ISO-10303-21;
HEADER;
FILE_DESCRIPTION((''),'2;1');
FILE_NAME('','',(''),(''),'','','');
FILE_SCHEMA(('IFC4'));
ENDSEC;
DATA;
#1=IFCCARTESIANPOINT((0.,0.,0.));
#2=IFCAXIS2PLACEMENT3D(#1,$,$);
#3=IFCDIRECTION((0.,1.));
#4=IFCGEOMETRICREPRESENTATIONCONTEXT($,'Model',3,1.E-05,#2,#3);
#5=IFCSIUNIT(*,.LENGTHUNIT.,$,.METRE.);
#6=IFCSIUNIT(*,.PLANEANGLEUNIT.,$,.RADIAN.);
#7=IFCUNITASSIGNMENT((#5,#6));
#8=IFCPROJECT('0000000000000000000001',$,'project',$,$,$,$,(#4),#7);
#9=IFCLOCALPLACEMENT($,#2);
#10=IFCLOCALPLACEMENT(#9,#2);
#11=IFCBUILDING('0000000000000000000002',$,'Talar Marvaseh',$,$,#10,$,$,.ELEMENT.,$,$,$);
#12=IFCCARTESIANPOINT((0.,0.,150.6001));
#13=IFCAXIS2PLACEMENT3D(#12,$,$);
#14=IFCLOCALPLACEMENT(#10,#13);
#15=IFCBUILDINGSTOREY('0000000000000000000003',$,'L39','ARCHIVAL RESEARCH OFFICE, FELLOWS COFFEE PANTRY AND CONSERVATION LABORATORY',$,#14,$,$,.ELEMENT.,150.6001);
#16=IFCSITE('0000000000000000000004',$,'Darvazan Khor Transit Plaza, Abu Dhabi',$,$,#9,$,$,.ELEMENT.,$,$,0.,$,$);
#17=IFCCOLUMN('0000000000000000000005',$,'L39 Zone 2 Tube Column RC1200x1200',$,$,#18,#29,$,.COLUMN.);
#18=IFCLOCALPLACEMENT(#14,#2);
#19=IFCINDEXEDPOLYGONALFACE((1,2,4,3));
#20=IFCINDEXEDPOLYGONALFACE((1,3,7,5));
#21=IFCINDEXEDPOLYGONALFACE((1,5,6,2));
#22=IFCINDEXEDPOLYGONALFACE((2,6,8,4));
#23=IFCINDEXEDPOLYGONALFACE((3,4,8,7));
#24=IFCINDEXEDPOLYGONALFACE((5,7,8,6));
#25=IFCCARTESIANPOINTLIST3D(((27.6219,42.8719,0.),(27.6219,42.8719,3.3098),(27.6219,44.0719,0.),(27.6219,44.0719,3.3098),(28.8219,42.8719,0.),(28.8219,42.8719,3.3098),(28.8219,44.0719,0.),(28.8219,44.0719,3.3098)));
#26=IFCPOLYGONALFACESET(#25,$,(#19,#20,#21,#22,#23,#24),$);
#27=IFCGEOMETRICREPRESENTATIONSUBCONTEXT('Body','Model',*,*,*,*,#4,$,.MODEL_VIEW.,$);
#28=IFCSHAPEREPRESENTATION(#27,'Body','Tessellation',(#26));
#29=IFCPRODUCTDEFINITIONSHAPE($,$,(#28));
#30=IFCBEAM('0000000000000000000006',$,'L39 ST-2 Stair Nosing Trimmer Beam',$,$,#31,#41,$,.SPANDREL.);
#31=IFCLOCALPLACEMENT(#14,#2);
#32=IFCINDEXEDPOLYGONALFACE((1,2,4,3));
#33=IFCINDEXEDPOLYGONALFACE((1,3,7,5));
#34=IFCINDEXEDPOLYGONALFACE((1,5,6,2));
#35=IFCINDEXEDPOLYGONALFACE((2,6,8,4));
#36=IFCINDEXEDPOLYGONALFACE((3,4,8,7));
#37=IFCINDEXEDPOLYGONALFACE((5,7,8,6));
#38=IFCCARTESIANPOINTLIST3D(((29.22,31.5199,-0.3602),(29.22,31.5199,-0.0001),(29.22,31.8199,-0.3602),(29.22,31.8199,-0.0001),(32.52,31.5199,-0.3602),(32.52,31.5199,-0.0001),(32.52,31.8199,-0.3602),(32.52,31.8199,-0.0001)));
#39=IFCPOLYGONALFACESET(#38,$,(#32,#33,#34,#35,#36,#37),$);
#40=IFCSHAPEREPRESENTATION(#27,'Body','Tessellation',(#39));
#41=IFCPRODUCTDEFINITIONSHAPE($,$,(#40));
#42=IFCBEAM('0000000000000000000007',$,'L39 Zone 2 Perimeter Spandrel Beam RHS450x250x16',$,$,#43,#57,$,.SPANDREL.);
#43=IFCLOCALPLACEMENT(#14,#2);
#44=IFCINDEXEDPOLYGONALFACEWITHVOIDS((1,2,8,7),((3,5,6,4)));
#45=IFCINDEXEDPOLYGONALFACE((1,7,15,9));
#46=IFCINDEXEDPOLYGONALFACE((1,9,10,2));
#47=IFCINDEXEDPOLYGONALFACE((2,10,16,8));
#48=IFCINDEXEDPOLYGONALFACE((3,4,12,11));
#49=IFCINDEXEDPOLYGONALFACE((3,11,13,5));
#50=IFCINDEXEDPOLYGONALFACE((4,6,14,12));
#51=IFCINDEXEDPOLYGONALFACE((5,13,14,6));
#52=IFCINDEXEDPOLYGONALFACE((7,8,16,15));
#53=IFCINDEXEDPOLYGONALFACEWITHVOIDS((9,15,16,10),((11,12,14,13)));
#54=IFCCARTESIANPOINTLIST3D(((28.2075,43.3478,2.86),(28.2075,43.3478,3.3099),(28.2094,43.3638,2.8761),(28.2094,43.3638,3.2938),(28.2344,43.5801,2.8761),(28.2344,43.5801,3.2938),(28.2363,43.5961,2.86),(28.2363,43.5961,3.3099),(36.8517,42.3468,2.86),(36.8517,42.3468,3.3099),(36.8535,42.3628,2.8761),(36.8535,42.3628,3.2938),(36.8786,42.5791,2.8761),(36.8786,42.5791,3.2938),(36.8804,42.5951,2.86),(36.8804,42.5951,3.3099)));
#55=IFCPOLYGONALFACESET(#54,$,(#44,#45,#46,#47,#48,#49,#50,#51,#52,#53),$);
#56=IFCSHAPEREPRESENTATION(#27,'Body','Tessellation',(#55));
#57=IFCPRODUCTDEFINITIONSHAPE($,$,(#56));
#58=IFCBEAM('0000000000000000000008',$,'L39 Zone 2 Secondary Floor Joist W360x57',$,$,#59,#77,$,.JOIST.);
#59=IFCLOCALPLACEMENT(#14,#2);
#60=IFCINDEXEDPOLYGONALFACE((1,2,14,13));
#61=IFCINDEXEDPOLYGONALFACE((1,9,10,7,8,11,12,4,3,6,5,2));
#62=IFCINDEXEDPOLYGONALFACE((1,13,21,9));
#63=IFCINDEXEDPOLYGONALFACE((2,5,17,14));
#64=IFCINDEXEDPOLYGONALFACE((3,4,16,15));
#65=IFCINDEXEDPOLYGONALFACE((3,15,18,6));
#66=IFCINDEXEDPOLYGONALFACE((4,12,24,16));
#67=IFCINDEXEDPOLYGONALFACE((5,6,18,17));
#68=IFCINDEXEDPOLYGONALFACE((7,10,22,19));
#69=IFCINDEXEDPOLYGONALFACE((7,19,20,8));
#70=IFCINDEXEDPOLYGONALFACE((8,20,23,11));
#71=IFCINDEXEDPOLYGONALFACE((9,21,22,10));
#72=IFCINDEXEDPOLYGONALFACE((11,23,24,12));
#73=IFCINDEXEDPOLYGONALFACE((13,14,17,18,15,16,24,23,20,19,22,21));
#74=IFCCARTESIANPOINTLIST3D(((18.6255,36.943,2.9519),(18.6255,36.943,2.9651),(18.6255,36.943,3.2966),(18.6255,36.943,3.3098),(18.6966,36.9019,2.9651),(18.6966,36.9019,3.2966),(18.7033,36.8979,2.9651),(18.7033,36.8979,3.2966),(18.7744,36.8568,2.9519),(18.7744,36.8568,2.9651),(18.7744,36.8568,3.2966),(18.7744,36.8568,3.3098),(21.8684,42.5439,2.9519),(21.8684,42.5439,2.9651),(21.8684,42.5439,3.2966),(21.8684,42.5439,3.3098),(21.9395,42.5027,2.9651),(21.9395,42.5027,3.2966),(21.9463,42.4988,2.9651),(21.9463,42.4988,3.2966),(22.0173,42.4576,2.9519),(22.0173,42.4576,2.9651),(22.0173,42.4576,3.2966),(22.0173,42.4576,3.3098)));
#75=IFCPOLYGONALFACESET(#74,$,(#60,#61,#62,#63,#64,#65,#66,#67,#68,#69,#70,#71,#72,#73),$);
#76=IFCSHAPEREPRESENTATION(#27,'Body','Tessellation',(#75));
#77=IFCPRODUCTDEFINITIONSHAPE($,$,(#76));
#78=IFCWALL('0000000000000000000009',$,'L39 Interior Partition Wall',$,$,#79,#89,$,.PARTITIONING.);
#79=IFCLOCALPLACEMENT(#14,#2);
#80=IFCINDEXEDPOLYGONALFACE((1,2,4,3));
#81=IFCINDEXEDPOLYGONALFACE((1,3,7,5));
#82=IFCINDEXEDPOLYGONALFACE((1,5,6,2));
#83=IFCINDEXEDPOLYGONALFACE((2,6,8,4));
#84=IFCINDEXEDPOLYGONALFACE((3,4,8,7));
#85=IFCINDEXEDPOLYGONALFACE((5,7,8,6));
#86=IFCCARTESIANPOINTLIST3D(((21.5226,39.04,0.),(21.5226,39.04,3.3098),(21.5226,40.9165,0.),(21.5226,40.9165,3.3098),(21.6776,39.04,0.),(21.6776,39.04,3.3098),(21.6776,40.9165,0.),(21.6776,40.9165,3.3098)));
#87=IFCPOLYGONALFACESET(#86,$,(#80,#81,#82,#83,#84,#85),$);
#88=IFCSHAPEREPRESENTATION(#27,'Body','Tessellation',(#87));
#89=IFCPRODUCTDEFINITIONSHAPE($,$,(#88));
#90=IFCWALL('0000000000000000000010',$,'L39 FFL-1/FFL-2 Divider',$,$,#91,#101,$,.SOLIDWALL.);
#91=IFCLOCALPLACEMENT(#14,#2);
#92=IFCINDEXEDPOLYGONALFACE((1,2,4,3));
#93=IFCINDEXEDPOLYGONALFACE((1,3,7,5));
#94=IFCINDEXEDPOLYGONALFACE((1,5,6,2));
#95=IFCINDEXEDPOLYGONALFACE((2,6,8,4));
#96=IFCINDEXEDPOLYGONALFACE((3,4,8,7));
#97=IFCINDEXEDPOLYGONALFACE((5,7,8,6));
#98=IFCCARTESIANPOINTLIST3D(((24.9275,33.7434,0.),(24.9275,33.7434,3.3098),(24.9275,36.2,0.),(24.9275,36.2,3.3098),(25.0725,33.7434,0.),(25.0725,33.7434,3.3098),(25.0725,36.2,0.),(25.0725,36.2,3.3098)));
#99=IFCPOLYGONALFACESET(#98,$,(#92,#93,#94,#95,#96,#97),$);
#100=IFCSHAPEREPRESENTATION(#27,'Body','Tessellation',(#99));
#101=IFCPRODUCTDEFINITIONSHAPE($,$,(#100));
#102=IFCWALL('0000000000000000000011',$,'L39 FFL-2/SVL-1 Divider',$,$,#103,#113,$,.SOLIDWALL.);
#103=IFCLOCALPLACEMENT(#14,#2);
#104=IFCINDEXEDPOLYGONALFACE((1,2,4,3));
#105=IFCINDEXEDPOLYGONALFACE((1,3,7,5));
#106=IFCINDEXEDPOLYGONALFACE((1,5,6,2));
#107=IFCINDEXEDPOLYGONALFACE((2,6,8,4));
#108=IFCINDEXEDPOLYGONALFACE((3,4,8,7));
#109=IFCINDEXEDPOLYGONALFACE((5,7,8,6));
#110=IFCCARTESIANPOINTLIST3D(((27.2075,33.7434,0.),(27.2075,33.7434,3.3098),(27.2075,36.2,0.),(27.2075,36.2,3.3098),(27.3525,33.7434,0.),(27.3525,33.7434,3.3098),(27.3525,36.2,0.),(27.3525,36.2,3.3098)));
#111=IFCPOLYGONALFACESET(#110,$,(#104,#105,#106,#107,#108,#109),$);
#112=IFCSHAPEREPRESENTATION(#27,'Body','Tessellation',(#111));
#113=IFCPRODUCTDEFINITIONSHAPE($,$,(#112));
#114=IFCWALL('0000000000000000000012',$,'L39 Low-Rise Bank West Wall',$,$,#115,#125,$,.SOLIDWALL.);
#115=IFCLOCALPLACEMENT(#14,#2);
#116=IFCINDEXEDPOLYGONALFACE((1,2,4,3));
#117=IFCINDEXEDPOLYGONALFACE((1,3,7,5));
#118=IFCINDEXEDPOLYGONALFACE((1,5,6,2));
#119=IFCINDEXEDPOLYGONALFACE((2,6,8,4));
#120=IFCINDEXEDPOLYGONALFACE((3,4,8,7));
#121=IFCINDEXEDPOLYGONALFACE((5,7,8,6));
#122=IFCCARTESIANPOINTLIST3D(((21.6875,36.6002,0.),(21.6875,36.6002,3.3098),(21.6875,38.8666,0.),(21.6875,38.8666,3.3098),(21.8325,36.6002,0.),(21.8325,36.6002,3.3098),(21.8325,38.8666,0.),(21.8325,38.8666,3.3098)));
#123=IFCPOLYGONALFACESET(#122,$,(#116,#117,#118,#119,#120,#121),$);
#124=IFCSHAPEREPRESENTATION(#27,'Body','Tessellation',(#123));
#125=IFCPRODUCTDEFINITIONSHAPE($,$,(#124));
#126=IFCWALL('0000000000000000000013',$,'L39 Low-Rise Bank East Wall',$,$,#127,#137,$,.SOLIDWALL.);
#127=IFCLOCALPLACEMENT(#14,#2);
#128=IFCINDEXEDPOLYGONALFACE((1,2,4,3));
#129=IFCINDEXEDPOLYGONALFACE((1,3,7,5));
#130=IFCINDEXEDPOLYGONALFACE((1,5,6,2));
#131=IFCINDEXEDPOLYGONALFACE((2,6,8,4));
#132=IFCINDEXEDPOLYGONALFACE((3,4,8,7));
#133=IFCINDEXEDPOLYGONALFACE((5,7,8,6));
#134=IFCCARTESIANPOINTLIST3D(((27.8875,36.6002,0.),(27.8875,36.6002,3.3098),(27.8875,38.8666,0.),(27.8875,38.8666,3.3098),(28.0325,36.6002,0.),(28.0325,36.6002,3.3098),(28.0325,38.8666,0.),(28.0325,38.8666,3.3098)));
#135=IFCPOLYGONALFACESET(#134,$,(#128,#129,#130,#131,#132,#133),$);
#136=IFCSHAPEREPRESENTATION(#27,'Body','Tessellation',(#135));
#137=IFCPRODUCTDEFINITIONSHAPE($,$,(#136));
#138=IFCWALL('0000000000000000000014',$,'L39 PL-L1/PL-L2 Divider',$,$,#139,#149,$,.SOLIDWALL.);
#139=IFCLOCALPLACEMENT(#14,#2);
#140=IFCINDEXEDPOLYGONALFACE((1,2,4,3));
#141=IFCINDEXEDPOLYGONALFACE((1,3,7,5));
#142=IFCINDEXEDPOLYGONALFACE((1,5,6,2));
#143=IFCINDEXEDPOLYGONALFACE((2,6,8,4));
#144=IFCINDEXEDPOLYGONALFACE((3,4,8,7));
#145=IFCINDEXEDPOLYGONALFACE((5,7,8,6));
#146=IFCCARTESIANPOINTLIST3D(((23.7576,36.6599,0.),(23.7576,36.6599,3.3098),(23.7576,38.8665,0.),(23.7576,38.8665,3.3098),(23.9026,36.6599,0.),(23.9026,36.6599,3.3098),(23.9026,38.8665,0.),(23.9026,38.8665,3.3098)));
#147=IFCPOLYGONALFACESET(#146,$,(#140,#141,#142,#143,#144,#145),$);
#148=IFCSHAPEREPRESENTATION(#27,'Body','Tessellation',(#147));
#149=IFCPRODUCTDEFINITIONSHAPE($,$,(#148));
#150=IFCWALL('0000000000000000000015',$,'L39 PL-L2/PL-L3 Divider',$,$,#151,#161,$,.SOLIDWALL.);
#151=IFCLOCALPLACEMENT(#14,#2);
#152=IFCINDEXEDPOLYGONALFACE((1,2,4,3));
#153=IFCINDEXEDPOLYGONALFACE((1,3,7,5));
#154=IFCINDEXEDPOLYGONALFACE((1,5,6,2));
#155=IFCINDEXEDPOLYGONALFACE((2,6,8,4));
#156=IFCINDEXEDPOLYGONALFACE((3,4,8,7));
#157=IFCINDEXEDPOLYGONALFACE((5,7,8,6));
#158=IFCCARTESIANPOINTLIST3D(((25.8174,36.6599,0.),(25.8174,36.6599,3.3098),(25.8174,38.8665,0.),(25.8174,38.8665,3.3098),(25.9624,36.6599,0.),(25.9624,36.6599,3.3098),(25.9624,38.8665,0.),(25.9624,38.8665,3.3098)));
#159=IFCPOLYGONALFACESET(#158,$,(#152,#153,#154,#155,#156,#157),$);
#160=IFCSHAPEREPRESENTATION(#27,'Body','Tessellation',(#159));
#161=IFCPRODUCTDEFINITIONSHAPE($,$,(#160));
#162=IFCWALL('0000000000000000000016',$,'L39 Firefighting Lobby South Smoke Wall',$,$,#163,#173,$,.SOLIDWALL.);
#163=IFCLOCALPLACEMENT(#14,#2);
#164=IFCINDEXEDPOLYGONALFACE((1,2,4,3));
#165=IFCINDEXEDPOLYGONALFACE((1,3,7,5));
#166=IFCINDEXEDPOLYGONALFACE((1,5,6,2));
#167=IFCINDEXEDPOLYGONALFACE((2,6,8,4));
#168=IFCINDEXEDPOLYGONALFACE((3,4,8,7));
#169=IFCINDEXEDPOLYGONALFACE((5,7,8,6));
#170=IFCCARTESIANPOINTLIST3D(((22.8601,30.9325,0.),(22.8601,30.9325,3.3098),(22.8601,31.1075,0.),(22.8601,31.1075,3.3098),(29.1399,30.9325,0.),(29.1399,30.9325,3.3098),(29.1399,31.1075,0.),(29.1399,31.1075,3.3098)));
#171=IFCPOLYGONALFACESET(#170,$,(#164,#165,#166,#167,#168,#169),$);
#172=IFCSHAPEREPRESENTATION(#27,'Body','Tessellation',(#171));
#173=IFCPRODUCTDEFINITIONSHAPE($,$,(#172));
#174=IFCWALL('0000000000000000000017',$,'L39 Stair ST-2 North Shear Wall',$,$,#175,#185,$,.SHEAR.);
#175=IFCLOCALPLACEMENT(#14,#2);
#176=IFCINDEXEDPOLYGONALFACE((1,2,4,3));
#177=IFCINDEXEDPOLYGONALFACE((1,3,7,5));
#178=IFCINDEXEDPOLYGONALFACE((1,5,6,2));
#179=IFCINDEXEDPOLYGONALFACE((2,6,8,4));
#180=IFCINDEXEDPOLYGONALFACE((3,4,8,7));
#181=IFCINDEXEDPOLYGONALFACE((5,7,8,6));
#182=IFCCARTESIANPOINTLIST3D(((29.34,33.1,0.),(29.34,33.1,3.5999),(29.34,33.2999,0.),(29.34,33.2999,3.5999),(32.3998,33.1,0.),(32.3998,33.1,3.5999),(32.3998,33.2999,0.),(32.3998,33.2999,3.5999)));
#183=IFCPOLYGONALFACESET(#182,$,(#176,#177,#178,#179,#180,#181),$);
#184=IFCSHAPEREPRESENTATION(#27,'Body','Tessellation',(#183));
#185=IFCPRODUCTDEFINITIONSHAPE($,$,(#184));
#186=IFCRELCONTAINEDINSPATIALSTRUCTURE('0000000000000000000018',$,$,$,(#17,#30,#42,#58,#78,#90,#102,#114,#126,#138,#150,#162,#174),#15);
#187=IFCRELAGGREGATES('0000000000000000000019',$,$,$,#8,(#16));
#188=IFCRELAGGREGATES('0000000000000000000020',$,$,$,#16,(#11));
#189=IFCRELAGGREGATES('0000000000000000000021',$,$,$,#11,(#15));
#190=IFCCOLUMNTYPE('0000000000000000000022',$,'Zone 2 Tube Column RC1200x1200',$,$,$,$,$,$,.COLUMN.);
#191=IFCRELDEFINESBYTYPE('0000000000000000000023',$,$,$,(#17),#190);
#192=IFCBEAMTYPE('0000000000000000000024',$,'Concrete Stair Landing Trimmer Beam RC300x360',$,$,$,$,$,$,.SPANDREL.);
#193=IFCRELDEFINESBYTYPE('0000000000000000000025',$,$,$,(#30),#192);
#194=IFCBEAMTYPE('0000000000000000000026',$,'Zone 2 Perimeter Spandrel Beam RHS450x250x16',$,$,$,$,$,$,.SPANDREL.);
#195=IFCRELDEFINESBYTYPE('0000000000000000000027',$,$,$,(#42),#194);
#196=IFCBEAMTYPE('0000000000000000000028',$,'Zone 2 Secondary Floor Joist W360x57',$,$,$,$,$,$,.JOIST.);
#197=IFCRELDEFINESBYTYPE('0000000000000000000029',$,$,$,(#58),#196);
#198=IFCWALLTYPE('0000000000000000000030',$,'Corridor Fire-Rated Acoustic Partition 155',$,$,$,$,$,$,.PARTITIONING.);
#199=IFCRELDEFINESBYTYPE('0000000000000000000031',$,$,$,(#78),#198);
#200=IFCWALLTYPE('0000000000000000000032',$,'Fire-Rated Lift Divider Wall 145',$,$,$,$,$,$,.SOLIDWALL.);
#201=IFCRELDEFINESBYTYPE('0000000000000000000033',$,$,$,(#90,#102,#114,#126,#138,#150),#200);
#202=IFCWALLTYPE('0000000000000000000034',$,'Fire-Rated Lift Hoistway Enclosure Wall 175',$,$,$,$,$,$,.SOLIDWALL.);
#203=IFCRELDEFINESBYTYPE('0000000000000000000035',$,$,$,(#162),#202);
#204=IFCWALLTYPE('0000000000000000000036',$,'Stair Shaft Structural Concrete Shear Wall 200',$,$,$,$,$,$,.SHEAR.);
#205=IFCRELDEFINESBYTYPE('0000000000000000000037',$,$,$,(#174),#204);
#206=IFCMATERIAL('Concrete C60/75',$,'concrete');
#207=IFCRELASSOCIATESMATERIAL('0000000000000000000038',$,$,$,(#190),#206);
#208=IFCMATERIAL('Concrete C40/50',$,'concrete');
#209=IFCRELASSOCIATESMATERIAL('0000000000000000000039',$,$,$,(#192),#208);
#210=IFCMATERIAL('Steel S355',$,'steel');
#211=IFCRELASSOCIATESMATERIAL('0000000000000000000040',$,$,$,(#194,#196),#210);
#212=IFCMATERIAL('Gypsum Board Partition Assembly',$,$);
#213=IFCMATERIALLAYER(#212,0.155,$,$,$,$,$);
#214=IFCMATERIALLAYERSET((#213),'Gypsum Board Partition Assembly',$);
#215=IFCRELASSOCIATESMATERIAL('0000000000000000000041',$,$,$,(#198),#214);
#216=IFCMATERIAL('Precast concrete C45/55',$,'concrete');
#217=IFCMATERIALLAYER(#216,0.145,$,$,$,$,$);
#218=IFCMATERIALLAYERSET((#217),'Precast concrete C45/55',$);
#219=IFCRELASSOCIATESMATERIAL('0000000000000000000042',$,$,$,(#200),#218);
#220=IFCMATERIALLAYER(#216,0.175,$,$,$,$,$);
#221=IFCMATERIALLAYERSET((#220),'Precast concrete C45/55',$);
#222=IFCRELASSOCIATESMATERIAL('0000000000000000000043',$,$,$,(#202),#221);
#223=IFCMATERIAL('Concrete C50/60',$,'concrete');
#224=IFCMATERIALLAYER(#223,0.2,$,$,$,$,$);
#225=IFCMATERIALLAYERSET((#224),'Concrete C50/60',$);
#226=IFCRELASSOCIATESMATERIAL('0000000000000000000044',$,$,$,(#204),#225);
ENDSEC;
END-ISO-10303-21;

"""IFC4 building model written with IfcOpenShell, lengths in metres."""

from ifc_helpers import new_model, si_unit, direction, frame, frame_2d, origin, origin_2d, place, context, subcontext, project, spatial, rectangle, hollow_rectangle, i_section, extrude, material, layer, layer_set, material_profile, profile_set, type_object, element, save


model = new_model("IFC4")

# Units and contexts
model_context = context("Model", 3, precision=1e-05, world=origin(), true_north=direction((0.0, 1.0)))
body_context = subcontext(model_context, "Body", "Model", "MODEL_VIEW")
ifc_project = project(units=[si_unit("LENGTHUNIT", "METRE"), si_unit("PLANEANGLEUNIT", "RADIAN")], contexts=[model_context])

# Site, building, storey
site_placement = place(None, origin())
site = spatial("IfcSite", under=ifc_project, at=site_placement, Name="Darvazan Khor Transit Plaza, Abu Dhabi", CompositionType="ELEMENT", RefElevation=0.0)
building_placement = place(site_placement, origin())
building = spatial("IfcBuilding", under=site, at=building_placement, Name="Talar Marvaseh", CompositionType="ELEMENT")
storey_placement = place(building_placement, frame((0.0, 0.0, 150.6001)))
storey = spatial("IfcBuildingStorey", under=building, at=storey_placement, Name="L39", Description="ARCHIVAL RESEARCH OFFICE, FELLOWS COFFEE PANTRY AND CONSERVATION LABORATORY", CompositionType="ELEMENT", Elevation=150.6001)

# Column
ifc_material_1 = material(Name="Concrete C60/75", Category="concrete")
ifc_material_profile_1 = material_profile(ifc_material_1, rectangle(XDim=1.2, YDim=1.2, at=origin_2d()), Name="RC1200x1200")
ifc_profile_set_1 = profile_set([ifc_material_profile_1], Name="Concrete C60/75")
column_type = type_object("IfcColumnType", Name="Zone 2 Tube Column RC1200x1200", PredefinedType="COLUMN", material=ifc_profile_set_1)
column_placement = place(storey_placement, frame((28.2219, 43.4719, 0.0), z_axis=(0.0, 0.0, 1.0), x_axis=(1.0, 0.0, 0.0)))
element("IfcColumn", 1, at=column_placement, inside=storey, type_object=column_type, Name="L39 Zone 2 Tube Column RC1200x1200", PredefinedType="COLUMN", context=body_context, shape_type="SweptSolid", body=[
    extrude(rectangle(XDim=1.2, YDim=1.2, at=origin_2d()), origin(), (0.0, 0.0, 1.0), 3.3098),
])

# Beams
ifc_material_2 = material(Name="Concrete C40/50", Category="concrete")
ifc_material_profile_2 = material_profile(ifc_material_2, rectangle(XDim=0.3, YDim=0.3601, at=origin_2d()), Name="RC300x360")
ifc_profile_set_2 = profile_set([ifc_material_profile_2], Name="Concrete C40/50")
beam_type_1 = type_object("IfcBeamType", Name="Concrete Stair Landing Trimmer Beam RC300x360", PredefinedType="SPANDREL", material=ifc_profile_set_2)
beam_1_placement = place(storey_placement, frame((29.22, 31.6699, -0.1802), z_axis=(1.0, 0.0, 0.0), x_axis=(0.0, 1.0, 0.0)))
element("IfcBeam", 2, at=beam_1_placement, inside=storey, type_object=beam_type_1, Name="L39 ST-2 Stair Nosing Trimmer Beam", PredefinedType="SPANDREL", context=body_context, shape_type="SweptSolid", body=[
    extrude(rectangle(XDim=0.3, YDim=0.3601, at=origin_2d()), origin(), (0.0, 0.0, 1.0), 3.3),
])
ifc_material_3 = material(Name="Steel S355", Category="steel")
ifc_material_profile_3 = material_profile(ifc_material_3, hollow_rectangle(XDim=0.25, YDim=0.45, WallThickness=0.0161, at=origin_2d()), Name="RHS450x250x16")
ifc_profile_set_3 = profile_set([ifc_material_profile_3], Name="Steel S355")
beam_type_2 = type_object("IfcBeamType", Name="Zone 2 Perimeter Spandrel Beam RHS450x250x16", PredefinedType="SPANDREL", material=ifc_profile_set_3)
beam_2_placement = place(storey_placement, frame((28.2219, 43.4719, 3.085), z_axis=(0.993362, -0.115031, 0.0), x_axis=(0.115031, 0.993362, 0.0)))
element("IfcBeam", 3, at=beam_2_placement, inside=storey, type_object=beam_type_2, Name="L39 Zone 2 Perimeter Spandrel Beam RHS450x250x16", PredefinedType="SPANDREL", context=body_context, shape_type="SweptSolid", body=[
    extrude(hollow_rectangle(XDim=0.25, YDim=0.45, WallThickness=0.0161, at=origin_2d()), origin(), (0.0, 0.0, 1.0), 8.7019),
])
ifc_material_profile_4 = material_profile(ifc_material_3, i_section(OverallWidth=0.1721, OverallDepth=0.3579, WebThickness=0.0078, FlangeThickness=0.0132, at=origin_2d()), Name="W360x57")
ifc_profile_set_4 = profile_set([ifc_material_profile_4], Name="Steel S355")
beam_type_3 = type_object("IfcBeamType", Name="Zone 2 Secondary Floor Joist W360x57", PredefinedType="JOIST", material=ifc_profile_set_4)
beam_3_placement = place(storey_placement, frame((21.9429, 42.5007, 3.1309), z_axis=(-0.501075, -0.865404, 0.0), x_axis=(0.865404, -0.501075, 0.0)))
element("IfcBeam", 4, at=beam_3_placement, inside=storey, type_object=beam_type_3, Name="L39 Zone 2 Secondary Floor Joist W360x57", PredefinedType="JOIST", context=body_context, shape_type="SweptSolid", body=[
    extrude(i_section(OverallWidth=0.1721, OverallDepth=0.3579, WebThickness=0.0078, FlangeThickness=0.0132, at=origin_2d()), origin(), (0.0, 0.0, 1.0), 6.4719),
])

# Walls
ifc_material_4 = material(Name="Gypsum Board Partition Assembly")
ifc_layer_1 = layer(ifc_material_4, 0.155)
ifc_layer_set_1 = layer_set([ifc_layer_1], Name="Gypsum Board Partition Assembly")
wall_type_1 = type_object("IfcWallType", Name="Corridor Fire-Rated Acoustic Partition 155", PredefinedType="PARTITIONING", material=ifc_layer_set_1)
wall_1_placement = place(storey_placement, frame((21.6001, 39.04, 0.0), z_axis=(0.0, 0.0, 1.0), x_axis=(0.0, 1.0, 0.0)))
element("IfcWall", 5, at=wall_1_placement, inside=storey, type_object=wall_type_1, Name="L39 Interior Partition Wall", PredefinedType="PARTITIONING", context=body_context, shape_type="SweptSolid", body=[
    extrude(rectangle(XDim=1.8765, YDim=0.155, at=frame_2d((0.9382, 0.0))), origin(), (0.0, 0.0, 1.0), 3.3098),
])
ifc_material_5 = material(Name="Precast concrete C45/55", Category="concrete")
ifc_layer_2 = layer(ifc_material_5, 0.145)
ifc_layer_set_2 = layer_set([ifc_layer_2], Name="Precast concrete C45/55")
wall_type_2 = type_object("IfcWallType", Name="Fire-Rated Lift Divider Wall 145", PredefinedType="SOLIDWALL", material=ifc_layer_set_2)
for number, where, z_axis, x_axis, name in (
    (6, (25.0, 33.7434, 0.0), (0.0, 0.0, 1.0), (0.0, 1.0, 0.0), "L39 FFL-1/FFL-2 Divider"),
    (7, (27.28, 33.7434, 0.0), (0.0, 0.0, 1.0), (0.0, 1.0, 0.0), "L39 FFL-2/SVL-1 Divider"),
):
    element("IfcWall", number, at=place(storey_placement, frame(where, z_axis=z_axis, x_axis=x_axis)), inside=storey, type_object=wall_type_2, Name=name, PredefinedType="SOLIDWALL", context=body_context, shape_type="SweptSolid", body=[
        extrude(rectangle(XDim=2.4565, YDim=0.145, at=frame_2d((1.2283, 0.0))), origin(), (0.0, 0.0, 1.0), 3.3098),
    ])
for number, where, z_axis, x_axis, name in (
    (8, (21.76, 36.6001, 0.0), (0.0, 0.0, 1.0), (0.0, 1.0, 0.0), "L39 Low-Rise Bank West Wall"),
    (9, (27.96, 36.6001, 0.0), (0.0, 0.0, 1.0), (0.0, 1.0, 0.0), "L39 Low-Rise Bank East Wall"),
):
    element("IfcWall", number, at=place(storey_placement, frame(where, z_axis=z_axis, x_axis=x_axis)), inside=storey, type_object=wall_type_2, Name=name, PredefinedType="SOLIDWALL", context=body_context, shape_type="SweptSolid", body=[
        extrude(rectangle(XDim=2.2664, YDim=0.145, at=frame_2d((1.1333, 0.0))), origin(), (0.0, 0.0, 1.0), 3.3098),
    ])
for number, where, z_axis, x_axis, name in (
    (10, (23.8301, 36.6599, 0.0), (0.0, 0.0, 1.0), (0.0, 1.0, 0.0), "L39 PL-L1/PL-L2 Divider"),
    (11, (25.8899, 36.6599, 0.0), (0.0, 0.0, 1.0), (0.0, 1.0, 0.0), "L39 PL-L2/PL-L3 Divider"),
):
    element("IfcWall", number, at=place(storey_placement, frame(where, z_axis=z_axis, x_axis=x_axis)), inside=storey, type_object=wall_type_2, Name=name, PredefinedType="SOLIDWALL", context=body_context, shape_type="SweptSolid", body=[
        extrude(rectangle(XDim=2.2065, YDim=0.145, at=frame_2d((1.1033, 0.0))), origin(), (0.0, 0.0, 1.0), 3.3098),
    ])

# Shared definitions
ifc_layer_3 = layer(ifc_material_5, 0.175)
ifc_layer_set_3 = layer_set([ifc_layer_3], Name="Precast concrete C45/55")
wall_type_3 = type_object("IfcWallType", Name="Fire-Rated Lift Hoistway Enclosure Wall 175", PredefinedType="SOLIDWALL", material=ifc_layer_set_3)

# Wall
wall_2_placement = place(storey_placement, frame((22.8601, 31.02, 0.0), z_axis=(0.0, 0.0, 1.0), x_axis=(1.0, 0.0, 0.0)))
element("IfcWall", 12, at=wall_2_placement, inside=storey, type_object=wall_type_3, Name="L39 Firefighting Lobby South Smoke Wall", PredefinedType="SOLIDWALL", context=body_context, shape_type="SweptSolid", body=[
    extrude(rectangle(XDim=6.2798, YDim=0.175, at=frame_2d((3.1399, 0.0))), origin(), (0.0, 0.0, 1.0), 3.3098),
])

# Wall
ifc_material_6 = material(Name="Concrete C50/60", Category="concrete")
ifc_layer_4 = layer(ifc_material_6, 0.2)
ifc_layer_set_4 = layer_set([ifc_layer_4], Name="Concrete C50/60")
wall_type_4 = type_object("IfcWallType", Name="Stair Shaft Structural Concrete Shear Wall 200", PredefinedType="SHEAR", material=ifc_layer_set_4)
wall_3_placement = place(storey_placement, frame((29.3401, 33.2, 0.0), z_axis=(0.0, 0.0, 1.0), x_axis=(1.0, 0.0, 0.0)))
element("IfcWall", 13, at=wall_3_placement, inside=storey, type_object=wall_type_4, Name="L39 Stair ST-2 North Shear Wall", PredefinedType="SHEAR", context=body_context, shape_type="SweptSolid", body=[
    extrude(rectangle(XDim=3.0598, YDim=0.2, at=frame_2d((1.5298, 0.0))), origin(), (0.0, 0.0, 1.0), 3.5999),
])

save(model, "model.ifc")
